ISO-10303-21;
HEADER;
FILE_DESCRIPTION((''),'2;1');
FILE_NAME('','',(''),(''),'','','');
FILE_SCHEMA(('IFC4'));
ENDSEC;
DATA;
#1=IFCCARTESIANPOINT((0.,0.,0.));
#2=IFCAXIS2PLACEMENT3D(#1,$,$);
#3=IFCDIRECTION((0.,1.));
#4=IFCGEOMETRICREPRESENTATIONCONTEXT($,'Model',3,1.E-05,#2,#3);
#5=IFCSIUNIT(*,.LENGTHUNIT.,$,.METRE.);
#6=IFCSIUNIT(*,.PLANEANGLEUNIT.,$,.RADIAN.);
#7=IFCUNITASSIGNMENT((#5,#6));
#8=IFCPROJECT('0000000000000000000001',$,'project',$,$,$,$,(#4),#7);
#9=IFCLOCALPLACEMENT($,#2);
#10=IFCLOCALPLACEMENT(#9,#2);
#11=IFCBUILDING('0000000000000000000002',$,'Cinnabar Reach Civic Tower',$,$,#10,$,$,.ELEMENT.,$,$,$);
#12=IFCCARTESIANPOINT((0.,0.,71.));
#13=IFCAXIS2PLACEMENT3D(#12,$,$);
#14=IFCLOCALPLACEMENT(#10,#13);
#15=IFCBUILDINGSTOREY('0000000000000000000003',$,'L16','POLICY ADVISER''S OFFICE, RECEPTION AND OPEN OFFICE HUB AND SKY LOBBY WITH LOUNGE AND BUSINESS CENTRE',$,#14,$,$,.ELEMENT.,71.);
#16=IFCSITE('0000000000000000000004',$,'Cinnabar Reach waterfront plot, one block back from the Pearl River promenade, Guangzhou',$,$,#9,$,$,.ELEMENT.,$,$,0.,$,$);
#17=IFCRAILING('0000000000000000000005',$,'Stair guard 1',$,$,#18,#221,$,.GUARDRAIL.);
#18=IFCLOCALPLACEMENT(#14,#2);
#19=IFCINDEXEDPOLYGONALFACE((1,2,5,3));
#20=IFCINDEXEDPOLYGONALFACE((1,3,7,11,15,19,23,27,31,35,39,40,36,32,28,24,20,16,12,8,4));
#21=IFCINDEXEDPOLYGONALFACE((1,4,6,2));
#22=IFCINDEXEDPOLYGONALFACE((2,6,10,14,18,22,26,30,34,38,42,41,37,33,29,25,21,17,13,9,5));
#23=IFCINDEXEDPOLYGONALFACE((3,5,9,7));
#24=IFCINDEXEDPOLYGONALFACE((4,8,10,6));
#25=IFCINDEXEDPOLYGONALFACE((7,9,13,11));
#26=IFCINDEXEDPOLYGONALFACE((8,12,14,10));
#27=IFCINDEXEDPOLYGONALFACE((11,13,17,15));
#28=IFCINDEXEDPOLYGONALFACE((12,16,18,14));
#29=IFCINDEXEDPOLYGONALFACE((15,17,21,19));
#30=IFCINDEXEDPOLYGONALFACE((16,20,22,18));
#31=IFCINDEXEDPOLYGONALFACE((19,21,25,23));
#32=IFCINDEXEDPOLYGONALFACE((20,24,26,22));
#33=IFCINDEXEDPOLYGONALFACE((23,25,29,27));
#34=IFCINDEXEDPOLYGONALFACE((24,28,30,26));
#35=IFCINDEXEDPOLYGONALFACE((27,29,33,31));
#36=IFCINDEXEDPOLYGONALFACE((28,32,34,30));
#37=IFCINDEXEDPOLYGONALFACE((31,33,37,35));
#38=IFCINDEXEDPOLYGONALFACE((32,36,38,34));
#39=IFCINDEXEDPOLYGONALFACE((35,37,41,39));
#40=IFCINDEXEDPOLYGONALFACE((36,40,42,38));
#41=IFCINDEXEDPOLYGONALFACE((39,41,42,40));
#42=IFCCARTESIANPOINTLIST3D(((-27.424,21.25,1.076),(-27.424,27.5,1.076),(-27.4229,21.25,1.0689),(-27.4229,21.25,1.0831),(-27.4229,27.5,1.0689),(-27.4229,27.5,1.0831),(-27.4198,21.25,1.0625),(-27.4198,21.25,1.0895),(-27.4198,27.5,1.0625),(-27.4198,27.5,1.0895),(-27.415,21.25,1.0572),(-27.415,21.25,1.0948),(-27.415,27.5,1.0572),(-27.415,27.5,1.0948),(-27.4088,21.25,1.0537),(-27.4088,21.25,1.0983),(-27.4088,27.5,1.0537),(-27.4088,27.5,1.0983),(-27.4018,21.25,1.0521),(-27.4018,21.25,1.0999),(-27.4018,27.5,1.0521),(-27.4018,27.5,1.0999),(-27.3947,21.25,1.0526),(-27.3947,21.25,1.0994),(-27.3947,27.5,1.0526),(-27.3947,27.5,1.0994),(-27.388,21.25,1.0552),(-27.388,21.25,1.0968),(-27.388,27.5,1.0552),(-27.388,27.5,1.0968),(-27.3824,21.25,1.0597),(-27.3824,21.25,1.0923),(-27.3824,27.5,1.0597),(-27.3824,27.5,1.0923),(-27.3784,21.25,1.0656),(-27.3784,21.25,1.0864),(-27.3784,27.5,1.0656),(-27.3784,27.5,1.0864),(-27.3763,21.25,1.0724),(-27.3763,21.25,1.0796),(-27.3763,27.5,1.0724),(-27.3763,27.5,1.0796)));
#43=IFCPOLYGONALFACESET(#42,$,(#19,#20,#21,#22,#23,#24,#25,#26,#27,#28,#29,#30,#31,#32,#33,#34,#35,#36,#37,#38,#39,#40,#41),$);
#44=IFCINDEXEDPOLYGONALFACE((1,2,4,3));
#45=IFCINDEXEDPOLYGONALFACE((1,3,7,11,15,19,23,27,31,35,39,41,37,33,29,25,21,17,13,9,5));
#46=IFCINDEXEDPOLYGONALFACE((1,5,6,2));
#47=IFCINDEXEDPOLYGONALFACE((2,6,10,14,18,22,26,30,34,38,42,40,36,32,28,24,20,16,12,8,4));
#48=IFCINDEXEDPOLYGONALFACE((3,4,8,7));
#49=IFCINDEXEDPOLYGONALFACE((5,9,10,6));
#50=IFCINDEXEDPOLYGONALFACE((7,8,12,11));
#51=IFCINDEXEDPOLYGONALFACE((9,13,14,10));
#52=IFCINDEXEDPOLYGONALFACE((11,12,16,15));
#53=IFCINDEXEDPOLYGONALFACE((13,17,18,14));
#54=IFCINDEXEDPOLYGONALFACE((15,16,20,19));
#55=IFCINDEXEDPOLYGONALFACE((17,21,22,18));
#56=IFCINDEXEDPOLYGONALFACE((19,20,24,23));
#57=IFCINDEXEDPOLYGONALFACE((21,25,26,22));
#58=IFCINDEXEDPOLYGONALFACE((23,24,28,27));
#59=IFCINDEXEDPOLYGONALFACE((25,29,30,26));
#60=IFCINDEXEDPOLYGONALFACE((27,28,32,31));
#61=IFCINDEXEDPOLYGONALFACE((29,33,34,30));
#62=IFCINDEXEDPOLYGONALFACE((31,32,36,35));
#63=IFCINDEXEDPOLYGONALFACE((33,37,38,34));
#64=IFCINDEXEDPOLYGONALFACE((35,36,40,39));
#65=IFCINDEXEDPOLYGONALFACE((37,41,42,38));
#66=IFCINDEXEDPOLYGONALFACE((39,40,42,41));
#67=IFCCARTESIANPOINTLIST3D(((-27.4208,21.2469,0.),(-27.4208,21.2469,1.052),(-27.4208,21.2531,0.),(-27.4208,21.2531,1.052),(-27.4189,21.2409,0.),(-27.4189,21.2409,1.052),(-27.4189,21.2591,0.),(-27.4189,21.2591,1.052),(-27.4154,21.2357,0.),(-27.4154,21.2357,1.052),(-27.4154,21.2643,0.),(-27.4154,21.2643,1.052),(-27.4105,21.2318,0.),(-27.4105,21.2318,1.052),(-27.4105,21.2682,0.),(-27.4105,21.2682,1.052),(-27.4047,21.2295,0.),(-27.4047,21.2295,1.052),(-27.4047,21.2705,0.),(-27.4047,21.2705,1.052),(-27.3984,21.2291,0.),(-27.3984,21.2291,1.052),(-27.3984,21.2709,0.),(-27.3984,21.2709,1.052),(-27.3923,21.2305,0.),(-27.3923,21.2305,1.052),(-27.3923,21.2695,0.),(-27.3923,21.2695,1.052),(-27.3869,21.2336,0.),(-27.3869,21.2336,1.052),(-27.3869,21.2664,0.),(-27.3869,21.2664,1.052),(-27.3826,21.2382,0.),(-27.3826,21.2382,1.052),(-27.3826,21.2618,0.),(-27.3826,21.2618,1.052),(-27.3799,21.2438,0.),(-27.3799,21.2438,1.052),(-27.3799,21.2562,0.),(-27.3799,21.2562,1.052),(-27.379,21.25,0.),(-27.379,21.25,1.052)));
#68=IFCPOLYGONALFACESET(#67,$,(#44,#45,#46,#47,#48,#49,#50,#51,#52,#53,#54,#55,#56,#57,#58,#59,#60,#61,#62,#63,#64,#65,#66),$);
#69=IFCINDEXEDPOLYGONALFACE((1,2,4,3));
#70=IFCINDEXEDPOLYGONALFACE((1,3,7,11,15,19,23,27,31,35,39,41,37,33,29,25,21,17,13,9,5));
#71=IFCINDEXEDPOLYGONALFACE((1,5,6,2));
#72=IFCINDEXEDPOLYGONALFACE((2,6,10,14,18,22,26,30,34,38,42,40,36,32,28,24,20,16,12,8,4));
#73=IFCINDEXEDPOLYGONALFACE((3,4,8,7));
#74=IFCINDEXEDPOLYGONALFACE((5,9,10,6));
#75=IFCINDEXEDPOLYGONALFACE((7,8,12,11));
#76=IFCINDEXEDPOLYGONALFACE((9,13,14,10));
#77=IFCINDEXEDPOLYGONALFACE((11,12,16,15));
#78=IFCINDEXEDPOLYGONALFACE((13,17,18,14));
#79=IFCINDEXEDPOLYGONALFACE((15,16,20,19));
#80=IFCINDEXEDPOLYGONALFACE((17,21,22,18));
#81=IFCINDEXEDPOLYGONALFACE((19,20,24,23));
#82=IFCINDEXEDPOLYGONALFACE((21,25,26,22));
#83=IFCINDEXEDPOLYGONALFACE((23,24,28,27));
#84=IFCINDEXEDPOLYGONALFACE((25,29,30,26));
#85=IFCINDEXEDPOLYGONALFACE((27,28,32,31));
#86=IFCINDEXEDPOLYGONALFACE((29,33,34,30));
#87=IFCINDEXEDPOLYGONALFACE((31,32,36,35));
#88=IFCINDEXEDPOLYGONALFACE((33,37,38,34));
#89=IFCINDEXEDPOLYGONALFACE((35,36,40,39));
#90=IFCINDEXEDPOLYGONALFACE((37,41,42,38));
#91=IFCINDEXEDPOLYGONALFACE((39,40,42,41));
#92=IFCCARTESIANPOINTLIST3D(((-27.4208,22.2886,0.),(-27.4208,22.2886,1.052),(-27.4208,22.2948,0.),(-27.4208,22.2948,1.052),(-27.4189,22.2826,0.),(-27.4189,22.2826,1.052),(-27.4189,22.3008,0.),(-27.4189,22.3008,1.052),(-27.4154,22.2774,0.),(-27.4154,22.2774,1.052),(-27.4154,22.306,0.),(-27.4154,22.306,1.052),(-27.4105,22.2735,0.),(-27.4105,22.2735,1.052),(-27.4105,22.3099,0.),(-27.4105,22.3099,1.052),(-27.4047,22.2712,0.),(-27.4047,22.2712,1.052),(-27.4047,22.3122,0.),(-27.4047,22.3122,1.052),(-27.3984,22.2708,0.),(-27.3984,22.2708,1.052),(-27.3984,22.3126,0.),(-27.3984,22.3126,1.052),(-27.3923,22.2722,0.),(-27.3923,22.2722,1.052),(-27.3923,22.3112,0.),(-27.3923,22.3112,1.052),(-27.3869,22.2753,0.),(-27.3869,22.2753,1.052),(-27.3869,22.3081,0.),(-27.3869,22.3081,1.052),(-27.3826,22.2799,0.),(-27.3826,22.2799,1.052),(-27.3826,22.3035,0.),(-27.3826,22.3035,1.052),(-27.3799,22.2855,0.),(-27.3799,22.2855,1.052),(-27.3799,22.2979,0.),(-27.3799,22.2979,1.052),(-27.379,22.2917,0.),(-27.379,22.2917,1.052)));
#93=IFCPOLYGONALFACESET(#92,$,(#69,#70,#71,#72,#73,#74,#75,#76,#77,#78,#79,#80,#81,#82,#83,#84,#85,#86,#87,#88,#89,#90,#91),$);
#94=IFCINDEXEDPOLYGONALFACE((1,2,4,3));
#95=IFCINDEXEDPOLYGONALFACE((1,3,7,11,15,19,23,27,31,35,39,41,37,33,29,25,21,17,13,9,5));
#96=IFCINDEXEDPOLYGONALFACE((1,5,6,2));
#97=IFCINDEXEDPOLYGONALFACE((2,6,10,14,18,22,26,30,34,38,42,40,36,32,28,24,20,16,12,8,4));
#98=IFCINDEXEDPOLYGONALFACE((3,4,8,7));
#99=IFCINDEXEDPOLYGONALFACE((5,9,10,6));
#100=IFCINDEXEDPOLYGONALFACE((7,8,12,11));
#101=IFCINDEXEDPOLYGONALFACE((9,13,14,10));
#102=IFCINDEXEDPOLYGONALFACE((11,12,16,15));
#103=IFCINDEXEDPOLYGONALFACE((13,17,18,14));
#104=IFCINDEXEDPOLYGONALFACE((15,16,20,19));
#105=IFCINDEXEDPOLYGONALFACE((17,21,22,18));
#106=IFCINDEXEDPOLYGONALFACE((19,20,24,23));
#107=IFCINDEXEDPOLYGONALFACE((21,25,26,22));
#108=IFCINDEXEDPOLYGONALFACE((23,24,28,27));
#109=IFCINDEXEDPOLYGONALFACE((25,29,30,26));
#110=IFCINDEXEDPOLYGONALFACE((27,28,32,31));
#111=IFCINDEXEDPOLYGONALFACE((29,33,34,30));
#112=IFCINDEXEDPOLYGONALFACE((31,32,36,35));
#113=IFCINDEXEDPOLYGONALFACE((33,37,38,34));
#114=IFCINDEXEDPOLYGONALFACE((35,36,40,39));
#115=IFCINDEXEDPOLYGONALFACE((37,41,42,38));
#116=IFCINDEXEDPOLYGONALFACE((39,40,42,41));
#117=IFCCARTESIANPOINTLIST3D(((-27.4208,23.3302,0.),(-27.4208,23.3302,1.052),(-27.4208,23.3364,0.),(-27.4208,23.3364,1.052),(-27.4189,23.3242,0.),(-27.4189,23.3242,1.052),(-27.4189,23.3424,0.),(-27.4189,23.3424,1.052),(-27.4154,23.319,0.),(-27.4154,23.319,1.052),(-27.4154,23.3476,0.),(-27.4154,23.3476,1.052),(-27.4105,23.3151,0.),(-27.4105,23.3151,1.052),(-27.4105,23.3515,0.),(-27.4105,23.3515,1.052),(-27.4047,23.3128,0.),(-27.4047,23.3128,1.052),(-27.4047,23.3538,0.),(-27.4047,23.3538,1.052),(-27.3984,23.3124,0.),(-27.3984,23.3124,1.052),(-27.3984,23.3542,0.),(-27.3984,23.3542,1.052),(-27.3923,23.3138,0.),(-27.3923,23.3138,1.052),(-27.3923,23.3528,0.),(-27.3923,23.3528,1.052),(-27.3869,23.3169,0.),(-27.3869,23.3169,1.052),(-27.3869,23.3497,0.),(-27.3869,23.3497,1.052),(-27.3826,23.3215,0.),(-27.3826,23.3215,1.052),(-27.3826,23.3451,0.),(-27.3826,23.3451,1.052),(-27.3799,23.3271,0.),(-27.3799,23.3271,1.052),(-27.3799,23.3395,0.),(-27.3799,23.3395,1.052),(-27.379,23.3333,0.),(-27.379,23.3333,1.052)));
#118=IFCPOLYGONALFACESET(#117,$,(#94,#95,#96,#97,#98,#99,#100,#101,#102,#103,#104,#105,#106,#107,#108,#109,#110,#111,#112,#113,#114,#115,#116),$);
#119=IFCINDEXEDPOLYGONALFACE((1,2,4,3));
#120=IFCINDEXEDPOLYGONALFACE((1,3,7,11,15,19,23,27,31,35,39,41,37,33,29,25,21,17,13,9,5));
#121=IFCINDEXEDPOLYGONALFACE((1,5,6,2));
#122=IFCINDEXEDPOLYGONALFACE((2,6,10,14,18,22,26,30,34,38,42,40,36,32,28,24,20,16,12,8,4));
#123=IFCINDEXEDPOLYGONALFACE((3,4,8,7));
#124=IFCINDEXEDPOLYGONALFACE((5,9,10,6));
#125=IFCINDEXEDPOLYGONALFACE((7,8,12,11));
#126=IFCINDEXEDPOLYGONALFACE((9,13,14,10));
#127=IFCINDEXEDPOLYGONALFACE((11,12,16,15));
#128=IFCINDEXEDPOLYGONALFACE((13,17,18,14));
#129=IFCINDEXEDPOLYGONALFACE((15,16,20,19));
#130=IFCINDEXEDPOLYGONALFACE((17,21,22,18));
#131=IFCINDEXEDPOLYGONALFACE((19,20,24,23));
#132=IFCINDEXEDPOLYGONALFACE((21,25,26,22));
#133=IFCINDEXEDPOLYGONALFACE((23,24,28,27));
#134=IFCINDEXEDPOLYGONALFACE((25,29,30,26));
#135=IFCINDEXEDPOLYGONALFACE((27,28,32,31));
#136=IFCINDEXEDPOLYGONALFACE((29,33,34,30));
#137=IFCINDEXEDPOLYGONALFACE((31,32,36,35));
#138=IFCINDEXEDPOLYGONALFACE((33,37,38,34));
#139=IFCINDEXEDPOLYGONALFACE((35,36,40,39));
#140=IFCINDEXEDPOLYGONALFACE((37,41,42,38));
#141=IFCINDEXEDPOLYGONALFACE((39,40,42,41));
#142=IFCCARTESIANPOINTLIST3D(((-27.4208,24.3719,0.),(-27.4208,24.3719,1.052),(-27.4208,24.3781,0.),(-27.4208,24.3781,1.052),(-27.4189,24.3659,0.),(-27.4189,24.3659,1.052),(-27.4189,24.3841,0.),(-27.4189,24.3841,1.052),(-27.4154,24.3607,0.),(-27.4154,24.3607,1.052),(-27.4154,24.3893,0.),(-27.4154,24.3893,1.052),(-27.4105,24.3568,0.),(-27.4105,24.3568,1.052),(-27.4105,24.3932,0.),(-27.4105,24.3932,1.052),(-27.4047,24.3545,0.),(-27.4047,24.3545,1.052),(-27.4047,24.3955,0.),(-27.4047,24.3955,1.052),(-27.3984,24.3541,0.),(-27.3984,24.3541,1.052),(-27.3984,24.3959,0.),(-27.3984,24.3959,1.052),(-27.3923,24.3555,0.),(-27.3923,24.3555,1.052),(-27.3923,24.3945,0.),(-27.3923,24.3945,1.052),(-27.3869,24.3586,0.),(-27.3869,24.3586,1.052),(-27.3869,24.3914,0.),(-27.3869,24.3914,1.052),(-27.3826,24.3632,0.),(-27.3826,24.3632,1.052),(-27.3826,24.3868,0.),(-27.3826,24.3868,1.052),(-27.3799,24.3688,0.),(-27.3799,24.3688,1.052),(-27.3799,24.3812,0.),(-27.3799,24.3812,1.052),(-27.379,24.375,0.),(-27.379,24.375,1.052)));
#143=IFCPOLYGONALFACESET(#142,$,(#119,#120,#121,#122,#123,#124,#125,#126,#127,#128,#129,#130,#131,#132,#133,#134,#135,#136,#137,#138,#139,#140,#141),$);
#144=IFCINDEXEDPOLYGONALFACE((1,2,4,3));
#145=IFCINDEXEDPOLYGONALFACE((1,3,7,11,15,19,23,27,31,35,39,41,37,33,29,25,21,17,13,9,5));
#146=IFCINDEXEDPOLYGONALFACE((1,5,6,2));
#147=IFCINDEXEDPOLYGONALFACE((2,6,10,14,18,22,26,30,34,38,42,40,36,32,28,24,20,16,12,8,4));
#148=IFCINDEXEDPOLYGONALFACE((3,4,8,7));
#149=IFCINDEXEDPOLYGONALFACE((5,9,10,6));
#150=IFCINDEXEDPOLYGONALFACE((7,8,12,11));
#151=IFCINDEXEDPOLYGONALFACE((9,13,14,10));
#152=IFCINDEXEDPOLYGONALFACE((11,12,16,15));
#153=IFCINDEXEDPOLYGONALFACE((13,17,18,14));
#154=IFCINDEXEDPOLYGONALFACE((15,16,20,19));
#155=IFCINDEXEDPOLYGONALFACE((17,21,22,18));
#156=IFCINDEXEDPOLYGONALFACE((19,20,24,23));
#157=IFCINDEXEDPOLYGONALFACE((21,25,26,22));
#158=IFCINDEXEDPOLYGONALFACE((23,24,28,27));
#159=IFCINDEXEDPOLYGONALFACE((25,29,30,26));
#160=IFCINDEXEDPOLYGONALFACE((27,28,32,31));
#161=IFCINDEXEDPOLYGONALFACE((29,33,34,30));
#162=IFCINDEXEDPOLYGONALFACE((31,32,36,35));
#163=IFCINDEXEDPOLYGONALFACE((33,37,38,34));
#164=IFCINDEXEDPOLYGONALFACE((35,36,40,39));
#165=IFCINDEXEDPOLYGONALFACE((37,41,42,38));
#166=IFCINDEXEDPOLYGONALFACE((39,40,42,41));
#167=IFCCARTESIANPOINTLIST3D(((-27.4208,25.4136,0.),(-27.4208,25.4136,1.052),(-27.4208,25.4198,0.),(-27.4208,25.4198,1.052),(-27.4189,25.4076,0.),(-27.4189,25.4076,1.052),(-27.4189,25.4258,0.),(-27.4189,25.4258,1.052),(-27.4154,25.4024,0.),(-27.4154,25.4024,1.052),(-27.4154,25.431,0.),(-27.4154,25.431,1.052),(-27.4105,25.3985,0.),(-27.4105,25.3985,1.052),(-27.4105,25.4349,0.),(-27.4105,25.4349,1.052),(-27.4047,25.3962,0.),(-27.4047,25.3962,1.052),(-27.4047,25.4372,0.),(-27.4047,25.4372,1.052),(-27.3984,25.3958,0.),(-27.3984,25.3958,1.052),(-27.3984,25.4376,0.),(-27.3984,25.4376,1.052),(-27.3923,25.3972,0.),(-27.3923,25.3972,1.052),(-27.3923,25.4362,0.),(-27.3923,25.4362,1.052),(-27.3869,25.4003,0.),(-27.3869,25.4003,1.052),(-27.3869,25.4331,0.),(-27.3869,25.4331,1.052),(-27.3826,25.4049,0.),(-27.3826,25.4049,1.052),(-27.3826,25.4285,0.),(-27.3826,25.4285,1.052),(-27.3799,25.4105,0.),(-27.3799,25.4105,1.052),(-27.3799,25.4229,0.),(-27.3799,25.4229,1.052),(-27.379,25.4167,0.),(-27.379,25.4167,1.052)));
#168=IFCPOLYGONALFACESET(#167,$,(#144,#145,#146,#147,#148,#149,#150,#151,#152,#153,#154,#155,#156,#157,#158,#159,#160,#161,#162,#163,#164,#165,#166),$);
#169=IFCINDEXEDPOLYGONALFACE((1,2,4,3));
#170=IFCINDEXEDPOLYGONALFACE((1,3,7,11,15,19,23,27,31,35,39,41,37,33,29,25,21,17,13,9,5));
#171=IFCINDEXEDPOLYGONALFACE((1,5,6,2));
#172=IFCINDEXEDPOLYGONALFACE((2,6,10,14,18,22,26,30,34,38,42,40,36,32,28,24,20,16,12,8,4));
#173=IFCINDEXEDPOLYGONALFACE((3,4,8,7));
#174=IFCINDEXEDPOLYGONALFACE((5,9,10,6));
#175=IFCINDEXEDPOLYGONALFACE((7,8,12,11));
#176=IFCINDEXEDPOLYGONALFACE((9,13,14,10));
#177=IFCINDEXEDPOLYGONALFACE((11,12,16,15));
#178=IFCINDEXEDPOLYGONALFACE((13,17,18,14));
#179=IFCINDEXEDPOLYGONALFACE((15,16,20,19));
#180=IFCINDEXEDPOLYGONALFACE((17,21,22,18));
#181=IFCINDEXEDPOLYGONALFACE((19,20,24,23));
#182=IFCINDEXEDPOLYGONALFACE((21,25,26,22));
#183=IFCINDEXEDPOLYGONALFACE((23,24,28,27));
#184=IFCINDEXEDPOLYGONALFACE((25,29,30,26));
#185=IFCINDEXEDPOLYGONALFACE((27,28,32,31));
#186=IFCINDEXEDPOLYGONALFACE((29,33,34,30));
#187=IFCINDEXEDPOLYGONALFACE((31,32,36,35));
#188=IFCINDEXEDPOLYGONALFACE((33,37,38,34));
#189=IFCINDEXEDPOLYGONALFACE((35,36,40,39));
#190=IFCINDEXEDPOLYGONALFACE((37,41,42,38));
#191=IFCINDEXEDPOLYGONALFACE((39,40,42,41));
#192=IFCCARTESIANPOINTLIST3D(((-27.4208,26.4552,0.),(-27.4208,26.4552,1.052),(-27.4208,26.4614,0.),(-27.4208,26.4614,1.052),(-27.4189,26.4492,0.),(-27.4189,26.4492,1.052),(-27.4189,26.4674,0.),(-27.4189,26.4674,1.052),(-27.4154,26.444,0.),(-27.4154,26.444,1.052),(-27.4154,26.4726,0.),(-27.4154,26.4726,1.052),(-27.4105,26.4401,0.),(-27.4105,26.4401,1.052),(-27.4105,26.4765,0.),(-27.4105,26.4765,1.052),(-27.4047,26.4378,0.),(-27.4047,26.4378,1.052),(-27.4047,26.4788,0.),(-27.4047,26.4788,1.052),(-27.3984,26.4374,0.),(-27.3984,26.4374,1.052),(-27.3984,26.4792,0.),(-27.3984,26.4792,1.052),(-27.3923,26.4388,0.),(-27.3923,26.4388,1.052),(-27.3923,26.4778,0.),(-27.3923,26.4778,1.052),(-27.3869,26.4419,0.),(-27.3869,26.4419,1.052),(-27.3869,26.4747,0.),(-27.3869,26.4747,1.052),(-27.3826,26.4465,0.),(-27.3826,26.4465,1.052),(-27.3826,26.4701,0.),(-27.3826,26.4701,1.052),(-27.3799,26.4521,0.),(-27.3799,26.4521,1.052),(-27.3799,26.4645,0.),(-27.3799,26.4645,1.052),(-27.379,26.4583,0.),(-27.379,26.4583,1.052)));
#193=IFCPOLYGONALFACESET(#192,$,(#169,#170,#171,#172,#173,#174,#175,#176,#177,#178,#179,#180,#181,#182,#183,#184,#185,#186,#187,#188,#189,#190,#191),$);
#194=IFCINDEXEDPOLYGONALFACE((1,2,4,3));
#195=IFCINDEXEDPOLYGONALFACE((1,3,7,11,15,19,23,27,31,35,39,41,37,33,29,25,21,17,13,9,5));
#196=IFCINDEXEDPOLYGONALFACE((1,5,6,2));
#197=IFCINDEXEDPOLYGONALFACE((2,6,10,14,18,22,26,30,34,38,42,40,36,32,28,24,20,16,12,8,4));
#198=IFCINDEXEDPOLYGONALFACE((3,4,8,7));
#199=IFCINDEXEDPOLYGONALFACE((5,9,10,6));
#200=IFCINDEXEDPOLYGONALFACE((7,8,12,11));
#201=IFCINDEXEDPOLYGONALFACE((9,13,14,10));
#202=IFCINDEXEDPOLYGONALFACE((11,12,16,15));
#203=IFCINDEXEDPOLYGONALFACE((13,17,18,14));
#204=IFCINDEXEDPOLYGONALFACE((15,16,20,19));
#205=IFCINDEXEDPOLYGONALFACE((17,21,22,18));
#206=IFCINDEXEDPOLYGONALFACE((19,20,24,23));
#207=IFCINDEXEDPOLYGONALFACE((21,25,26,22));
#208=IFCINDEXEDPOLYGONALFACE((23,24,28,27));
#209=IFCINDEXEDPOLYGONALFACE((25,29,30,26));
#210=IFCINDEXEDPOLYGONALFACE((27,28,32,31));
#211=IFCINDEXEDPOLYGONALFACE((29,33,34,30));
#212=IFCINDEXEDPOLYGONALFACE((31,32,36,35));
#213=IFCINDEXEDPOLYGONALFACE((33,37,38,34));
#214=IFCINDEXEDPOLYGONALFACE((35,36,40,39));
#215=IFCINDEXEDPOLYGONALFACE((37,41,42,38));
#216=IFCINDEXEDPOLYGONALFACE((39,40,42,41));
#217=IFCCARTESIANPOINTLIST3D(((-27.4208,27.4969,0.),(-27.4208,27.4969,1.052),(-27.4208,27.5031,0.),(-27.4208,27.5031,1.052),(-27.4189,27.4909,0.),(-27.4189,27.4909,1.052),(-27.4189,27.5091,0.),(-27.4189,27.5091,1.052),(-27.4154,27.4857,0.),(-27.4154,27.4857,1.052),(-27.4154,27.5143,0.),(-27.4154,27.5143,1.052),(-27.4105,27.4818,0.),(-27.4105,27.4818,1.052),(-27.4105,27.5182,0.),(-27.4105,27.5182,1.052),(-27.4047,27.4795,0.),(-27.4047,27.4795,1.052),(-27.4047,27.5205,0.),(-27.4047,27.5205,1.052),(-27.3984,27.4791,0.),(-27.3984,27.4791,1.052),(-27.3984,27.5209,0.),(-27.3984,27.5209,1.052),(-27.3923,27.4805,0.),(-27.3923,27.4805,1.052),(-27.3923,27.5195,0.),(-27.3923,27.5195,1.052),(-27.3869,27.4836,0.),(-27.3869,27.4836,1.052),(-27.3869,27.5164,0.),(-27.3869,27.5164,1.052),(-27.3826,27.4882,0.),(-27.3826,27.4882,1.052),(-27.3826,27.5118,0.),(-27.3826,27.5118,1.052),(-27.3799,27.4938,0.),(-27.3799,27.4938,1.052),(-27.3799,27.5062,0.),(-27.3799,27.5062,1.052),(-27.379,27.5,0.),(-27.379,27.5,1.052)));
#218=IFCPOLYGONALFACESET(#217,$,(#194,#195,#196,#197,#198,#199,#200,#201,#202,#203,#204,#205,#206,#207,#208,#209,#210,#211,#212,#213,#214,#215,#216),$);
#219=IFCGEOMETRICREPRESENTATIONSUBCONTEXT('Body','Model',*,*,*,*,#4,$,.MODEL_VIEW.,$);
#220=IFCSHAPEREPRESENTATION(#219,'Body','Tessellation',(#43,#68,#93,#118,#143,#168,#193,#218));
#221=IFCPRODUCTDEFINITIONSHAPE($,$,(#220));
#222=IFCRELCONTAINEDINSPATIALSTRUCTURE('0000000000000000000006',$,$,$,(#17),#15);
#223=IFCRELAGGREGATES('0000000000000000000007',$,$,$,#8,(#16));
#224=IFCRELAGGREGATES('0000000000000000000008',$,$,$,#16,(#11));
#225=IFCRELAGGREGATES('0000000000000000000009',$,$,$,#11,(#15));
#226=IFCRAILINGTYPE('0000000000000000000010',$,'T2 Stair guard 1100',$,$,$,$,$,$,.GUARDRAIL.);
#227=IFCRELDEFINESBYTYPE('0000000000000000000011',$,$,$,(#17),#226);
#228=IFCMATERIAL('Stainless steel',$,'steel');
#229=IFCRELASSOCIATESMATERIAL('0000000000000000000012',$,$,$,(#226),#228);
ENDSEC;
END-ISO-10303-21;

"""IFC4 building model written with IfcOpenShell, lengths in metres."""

from ifc_helpers import new_model, si_unit, direction, frame, origin, origin_2d, place, context, subcontext, project, spatial, circle, extrude, material, type_object, element, save


model = new_model("IFC4")

# Units and contexts
model_context = context("Model", 3, precision=1e-05, world=origin(), true_north=direction((0.0, 1.0)))
body_context = subcontext(model_context, "Body", "Model", "MODEL_VIEW")
ifc_project = project(units=[si_unit("LENGTHUNIT", "METRE"), si_unit("PLANEANGLEUNIT", "RADIAN")], contexts=[model_context])

# Site, building, storey
site_placement = place(None, origin())
site = spatial("IfcSite", under=ifc_project, at=site_placement, Name="Cinnabar Reach waterfront plot, one block back from the Pearl River promenade, Guangzhou", CompositionType="ELEMENT", RefElevation=0.0)
building_placement = place(site_placement, origin())
building = spatial("IfcBuilding", under=site, at=building_placement, Name="Cinnabar Reach Civic Tower", CompositionType="ELEMENT")
storey_placement = place(building_placement, frame((0.0, 0.0, 71.0)))
storey = spatial("IfcBuildingStorey", under=building, at=storey_placement, Name="L16", Description="POLICY ADVISER'S OFFICE, RECEPTION AND OPEN OFFICE HUB AND SKY LOBBY WITH LOUNGE AND BUSINESS CENTRE", CompositionType="ELEMENT", Elevation=71.0)

# Railing
ifc_material_1 = material(Name="Stainless steel", Category="steel")
railing_type = type_object("IfcRailingType", Name="T2 Stair guard 1100", PredefinedType="GUARDRAIL", material=ifc_material_1)
for number, where, name in (
    (1, (-27.4, 21.25, 0.0), "Stair guard 1"),
):
    element("IfcRailing", number, at=place(storey_placement, frame(where)), inside=storey, type_object=railing_type, Name=name, PredefinedType="GUARDRAIL", context=body_context, shape_type="SweptSolid", body=[
        extrude(circle(Radius=0.024, at=origin_2d()), frame((0.0, 0.0, 1.076), z_axis=(0.0, 1.0, 0.0), x_axis=(-1.0, 0.0, 0.0)), (0.0, 0.0, 1.0), 6.25),
        extrude(circle(Radius=0.021, at=origin_2d()), origin(), (0.0, 0.0, 1.0), 1.052),
        extrude(circle(Radius=0.021, at=origin_2d()), frame((0.0, 1.0417, 0.0)), (0.0, 0.0, 1.0), 1.052),
        extrude(circle(Radius=0.021, at=origin_2d()), frame((0.0, 2.0833, 0.0)), (0.0, 0.0, 1.0), 1.052),
        extrude(circle(Radius=0.021, at=origin_2d()), frame((0.0, 3.125, 0.0)), (0.0, 0.0, 1.0), 1.052),
        extrude(circle(Radius=0.021, at=origin_2d()), frame((0.0, 4.1667, 0.0)), (0.0, 0.0, 1.0), 1.052),
        extrude(circle(Radius=0.021, at=origin_2d()), frame((0.0, 5.2083, 0.0)), (0.0, 0.0, 1.0), 1.052),
        extrude(circle(Radius=0.021, at=origin_2d()), frame((0.0, 6.25, 0.0)), (0.0, 0.0, 1.0), 1.052),
    ])

save(model, "model.ifc")
